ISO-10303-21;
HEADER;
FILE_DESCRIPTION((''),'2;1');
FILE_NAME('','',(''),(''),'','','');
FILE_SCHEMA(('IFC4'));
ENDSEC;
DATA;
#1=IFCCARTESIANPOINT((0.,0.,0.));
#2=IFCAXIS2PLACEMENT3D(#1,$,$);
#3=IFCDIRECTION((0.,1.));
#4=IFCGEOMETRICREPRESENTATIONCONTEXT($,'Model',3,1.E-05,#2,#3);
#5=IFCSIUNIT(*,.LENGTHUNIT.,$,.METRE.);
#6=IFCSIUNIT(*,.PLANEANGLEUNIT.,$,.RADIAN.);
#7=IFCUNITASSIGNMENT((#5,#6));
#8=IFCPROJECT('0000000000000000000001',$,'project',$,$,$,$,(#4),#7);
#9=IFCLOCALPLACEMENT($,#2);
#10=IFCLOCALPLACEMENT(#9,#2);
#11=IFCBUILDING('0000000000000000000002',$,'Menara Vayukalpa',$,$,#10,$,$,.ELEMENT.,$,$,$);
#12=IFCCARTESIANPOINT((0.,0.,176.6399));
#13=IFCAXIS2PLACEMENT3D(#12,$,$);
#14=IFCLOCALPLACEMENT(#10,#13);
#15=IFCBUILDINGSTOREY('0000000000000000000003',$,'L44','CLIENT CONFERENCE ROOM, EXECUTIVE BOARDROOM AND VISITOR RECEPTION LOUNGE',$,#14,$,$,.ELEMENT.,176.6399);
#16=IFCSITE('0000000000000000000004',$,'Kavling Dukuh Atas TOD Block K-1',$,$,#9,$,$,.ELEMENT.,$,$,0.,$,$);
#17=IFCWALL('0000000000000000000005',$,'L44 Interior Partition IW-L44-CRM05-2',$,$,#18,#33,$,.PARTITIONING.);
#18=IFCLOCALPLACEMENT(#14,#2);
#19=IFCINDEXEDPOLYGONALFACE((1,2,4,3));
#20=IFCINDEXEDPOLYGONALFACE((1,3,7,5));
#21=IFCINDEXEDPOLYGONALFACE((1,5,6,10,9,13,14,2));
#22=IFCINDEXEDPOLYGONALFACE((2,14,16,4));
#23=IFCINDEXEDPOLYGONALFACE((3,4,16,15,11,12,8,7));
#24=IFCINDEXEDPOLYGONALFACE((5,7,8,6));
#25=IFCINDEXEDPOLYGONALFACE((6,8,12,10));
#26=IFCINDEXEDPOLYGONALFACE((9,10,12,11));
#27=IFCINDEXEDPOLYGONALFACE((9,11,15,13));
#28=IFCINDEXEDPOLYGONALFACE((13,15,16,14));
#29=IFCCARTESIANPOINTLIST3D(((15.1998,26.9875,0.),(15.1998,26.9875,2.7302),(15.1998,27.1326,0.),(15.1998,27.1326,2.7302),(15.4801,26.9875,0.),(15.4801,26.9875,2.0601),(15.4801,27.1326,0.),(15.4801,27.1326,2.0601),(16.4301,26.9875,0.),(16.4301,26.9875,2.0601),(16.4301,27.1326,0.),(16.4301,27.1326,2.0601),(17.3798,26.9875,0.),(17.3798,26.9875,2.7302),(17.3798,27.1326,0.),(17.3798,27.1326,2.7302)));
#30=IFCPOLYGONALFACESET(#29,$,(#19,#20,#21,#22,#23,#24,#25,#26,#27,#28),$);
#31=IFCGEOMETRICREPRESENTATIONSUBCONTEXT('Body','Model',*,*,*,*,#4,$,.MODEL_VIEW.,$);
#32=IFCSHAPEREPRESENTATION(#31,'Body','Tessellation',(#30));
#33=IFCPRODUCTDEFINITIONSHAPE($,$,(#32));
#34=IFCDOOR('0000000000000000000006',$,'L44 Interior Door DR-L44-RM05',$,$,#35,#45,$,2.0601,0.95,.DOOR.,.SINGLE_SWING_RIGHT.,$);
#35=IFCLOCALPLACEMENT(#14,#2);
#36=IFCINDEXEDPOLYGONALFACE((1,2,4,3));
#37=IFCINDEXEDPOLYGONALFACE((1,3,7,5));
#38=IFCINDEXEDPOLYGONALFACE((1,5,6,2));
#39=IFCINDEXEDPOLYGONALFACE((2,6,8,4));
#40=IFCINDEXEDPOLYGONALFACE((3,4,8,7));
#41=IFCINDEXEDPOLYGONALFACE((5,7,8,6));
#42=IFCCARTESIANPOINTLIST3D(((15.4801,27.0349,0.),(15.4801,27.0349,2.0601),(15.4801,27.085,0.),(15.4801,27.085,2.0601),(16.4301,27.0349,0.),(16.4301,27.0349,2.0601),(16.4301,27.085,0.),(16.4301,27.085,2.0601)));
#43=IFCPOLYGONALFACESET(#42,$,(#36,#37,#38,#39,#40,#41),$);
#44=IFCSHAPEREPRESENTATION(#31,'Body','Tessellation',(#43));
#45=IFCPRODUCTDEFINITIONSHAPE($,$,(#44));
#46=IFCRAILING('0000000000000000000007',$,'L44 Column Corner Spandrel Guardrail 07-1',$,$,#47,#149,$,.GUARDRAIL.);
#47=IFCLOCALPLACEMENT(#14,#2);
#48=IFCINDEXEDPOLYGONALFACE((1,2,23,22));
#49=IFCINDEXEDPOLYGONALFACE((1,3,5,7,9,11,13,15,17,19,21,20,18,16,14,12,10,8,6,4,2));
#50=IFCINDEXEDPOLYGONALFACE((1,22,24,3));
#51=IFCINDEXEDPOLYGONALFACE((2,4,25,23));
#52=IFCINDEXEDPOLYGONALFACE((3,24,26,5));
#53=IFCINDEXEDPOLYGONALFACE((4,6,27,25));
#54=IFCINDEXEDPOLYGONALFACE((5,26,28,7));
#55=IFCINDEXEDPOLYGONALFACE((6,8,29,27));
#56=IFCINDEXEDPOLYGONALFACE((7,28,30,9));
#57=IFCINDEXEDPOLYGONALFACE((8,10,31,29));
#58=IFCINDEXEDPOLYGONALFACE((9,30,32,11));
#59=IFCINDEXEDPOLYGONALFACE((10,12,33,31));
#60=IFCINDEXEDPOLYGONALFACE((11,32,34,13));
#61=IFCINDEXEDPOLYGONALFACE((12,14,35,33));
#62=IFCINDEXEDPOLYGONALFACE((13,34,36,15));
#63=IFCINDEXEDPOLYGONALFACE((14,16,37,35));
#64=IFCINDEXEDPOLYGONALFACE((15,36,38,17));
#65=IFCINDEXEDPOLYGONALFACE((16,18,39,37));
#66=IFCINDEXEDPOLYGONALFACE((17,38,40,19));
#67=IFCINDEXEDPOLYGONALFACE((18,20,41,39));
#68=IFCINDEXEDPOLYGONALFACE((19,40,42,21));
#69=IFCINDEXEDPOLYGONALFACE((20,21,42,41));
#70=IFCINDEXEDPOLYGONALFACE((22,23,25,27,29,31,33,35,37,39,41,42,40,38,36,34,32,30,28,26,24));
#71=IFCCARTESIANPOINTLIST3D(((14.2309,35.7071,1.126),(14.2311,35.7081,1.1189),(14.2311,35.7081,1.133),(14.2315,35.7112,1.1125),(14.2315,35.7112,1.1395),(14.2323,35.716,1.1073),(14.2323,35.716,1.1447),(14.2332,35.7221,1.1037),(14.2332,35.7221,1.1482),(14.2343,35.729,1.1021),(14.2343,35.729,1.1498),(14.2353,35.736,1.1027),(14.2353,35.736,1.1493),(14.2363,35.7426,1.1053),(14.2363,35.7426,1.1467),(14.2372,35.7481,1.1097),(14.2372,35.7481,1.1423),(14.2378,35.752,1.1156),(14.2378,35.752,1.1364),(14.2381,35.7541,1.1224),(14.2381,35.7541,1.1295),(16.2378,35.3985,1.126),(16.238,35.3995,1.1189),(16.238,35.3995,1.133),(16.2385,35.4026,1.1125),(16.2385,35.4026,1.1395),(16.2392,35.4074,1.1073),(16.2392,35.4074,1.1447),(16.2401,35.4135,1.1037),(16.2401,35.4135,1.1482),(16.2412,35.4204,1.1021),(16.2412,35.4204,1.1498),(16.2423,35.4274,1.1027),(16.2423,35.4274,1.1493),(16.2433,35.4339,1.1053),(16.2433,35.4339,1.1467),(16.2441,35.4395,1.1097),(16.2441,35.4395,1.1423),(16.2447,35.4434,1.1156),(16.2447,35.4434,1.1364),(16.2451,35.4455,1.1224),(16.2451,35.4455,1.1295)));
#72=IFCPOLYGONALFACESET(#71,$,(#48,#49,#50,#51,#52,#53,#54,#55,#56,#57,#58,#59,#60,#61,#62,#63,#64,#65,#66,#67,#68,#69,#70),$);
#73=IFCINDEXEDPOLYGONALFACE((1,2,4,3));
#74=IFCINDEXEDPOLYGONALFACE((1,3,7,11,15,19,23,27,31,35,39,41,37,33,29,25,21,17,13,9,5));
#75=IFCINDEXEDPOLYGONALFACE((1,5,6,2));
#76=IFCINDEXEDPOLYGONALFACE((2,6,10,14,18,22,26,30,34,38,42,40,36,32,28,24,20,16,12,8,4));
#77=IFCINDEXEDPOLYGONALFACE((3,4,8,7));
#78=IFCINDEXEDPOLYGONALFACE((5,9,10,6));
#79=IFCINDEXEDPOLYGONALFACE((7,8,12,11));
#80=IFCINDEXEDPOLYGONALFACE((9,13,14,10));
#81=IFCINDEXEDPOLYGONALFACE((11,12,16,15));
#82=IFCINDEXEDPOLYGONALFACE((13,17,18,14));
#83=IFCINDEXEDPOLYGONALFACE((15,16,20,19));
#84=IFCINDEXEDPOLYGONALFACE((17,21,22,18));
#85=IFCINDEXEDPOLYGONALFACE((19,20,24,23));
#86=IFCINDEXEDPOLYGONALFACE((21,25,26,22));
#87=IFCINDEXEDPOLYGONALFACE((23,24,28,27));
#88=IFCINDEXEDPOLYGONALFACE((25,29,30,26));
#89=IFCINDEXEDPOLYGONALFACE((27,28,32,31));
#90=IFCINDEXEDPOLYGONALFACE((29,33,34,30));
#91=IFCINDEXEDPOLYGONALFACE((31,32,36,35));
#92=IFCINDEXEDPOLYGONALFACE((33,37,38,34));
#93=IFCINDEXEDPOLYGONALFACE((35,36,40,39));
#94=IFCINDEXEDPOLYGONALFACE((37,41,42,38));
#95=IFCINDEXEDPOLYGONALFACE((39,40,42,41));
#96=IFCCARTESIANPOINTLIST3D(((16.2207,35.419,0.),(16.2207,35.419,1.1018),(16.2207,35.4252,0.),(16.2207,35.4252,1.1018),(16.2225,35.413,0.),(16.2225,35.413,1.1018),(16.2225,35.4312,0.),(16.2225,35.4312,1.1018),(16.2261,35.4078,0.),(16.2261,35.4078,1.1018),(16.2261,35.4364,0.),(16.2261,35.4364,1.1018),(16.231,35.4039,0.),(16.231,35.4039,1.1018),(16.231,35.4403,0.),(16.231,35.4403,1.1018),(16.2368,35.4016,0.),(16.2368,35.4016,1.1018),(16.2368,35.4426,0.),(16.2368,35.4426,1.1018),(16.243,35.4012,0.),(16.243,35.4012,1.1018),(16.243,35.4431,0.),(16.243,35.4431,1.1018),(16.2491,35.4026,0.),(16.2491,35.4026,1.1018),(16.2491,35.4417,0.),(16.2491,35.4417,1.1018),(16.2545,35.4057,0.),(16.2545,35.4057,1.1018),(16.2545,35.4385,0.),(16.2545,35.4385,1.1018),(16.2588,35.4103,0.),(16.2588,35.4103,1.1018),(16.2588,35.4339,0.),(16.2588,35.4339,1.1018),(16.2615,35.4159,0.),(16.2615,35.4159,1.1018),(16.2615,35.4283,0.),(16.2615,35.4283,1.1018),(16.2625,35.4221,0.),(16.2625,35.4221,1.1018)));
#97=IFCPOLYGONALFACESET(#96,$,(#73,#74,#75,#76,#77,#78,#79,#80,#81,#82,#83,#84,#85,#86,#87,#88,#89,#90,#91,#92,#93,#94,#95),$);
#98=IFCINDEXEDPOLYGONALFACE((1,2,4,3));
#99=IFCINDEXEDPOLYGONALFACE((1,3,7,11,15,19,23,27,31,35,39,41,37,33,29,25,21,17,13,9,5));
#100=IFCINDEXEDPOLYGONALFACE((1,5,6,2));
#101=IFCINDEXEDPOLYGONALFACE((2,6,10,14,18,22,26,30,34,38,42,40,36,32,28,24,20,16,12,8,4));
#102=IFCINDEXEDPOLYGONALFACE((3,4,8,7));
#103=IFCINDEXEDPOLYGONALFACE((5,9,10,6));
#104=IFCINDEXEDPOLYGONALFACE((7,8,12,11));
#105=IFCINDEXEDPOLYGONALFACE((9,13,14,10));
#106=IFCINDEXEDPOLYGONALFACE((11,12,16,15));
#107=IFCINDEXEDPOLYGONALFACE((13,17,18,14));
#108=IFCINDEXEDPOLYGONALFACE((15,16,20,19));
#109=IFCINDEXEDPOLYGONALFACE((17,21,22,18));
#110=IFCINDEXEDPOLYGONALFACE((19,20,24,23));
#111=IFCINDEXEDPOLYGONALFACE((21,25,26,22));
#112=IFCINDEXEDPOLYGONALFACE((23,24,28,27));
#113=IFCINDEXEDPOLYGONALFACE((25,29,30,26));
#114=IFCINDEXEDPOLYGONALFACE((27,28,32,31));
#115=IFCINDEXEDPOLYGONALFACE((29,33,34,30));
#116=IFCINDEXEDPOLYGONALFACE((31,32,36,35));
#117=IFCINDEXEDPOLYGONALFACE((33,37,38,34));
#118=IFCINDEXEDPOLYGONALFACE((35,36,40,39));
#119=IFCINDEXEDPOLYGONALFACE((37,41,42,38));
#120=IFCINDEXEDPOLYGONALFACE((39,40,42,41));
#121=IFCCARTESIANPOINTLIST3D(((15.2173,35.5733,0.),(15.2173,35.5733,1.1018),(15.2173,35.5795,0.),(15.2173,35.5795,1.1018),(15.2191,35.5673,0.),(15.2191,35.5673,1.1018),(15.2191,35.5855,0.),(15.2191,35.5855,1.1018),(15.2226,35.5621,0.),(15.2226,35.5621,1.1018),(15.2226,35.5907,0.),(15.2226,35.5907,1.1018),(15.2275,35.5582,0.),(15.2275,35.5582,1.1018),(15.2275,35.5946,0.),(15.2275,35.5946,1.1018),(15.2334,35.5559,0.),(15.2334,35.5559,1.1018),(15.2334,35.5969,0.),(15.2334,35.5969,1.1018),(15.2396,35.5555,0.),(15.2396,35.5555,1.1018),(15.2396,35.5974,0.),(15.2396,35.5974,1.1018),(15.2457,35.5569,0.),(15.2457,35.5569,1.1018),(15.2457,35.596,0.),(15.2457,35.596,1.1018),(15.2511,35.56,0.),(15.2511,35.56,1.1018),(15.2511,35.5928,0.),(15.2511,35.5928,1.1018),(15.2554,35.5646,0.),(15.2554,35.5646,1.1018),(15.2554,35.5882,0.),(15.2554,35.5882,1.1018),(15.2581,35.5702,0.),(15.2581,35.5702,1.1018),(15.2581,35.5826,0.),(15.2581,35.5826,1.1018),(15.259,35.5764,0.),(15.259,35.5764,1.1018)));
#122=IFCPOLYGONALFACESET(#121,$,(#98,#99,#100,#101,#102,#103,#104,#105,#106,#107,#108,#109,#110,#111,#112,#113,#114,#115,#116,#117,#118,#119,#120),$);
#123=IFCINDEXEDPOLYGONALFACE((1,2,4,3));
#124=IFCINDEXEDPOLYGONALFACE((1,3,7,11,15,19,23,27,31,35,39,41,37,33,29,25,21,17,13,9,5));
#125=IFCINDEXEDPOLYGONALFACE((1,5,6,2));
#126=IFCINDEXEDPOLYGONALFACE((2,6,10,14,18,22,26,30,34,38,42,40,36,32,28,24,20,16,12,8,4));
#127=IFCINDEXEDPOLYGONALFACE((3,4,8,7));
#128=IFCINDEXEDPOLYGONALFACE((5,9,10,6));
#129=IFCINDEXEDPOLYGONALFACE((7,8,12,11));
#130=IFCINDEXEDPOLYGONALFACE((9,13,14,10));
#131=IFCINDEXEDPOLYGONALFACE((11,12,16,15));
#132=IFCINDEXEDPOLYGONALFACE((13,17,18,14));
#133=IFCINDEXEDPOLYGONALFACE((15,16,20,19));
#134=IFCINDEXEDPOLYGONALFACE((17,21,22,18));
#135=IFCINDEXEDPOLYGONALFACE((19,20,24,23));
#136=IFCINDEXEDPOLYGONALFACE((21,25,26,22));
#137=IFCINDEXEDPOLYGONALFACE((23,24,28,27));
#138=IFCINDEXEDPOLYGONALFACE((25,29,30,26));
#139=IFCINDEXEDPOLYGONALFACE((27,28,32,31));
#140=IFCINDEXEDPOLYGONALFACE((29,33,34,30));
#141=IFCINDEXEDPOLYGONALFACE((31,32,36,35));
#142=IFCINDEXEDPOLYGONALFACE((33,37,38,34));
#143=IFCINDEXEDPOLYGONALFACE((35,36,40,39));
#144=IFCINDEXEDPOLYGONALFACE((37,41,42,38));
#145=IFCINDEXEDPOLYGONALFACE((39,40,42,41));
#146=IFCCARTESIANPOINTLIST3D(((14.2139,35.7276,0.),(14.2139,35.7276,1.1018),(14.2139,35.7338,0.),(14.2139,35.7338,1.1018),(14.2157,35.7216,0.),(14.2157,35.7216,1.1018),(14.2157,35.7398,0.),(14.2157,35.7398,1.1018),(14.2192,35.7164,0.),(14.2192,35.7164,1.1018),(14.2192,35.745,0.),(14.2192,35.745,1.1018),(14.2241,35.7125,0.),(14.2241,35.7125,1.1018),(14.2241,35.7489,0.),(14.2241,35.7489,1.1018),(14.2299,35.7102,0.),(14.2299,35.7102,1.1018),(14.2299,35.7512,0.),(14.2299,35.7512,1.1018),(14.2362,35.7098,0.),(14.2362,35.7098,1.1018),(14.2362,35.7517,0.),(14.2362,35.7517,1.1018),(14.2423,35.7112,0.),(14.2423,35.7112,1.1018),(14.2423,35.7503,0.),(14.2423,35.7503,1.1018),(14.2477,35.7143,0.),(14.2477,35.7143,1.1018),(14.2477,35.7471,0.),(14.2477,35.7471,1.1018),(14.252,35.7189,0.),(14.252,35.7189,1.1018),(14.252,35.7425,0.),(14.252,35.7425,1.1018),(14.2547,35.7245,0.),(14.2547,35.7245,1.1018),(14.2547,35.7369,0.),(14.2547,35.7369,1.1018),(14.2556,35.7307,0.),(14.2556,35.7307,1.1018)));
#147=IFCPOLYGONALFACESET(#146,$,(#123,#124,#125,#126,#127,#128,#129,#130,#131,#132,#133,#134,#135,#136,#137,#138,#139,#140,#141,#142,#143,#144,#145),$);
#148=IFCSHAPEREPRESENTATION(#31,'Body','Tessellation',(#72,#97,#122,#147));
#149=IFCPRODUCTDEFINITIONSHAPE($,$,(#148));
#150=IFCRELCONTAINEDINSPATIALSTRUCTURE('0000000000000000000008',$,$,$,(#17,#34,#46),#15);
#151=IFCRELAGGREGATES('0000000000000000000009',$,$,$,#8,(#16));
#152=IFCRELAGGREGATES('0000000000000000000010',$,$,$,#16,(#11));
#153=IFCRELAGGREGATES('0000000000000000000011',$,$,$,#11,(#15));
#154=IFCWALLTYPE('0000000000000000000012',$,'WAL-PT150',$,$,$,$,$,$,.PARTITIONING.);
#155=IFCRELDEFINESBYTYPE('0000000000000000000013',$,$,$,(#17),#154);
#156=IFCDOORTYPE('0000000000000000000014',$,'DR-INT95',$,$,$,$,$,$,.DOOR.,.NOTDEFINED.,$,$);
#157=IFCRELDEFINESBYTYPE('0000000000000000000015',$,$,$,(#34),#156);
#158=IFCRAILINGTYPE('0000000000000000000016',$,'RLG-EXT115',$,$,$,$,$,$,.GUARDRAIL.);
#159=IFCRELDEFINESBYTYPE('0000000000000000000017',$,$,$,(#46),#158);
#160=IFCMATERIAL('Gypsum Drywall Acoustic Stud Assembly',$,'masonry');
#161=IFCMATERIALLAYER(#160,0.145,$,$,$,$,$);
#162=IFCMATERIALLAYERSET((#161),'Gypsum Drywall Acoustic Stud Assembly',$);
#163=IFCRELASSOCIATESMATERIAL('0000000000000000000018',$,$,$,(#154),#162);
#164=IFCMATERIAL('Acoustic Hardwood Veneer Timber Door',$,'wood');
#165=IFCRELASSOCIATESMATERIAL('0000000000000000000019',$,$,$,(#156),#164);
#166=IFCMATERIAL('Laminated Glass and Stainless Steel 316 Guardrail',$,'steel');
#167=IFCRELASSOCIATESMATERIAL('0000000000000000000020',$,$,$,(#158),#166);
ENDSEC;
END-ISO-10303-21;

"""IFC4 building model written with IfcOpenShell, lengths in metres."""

from ifc_helpers import new_model, si_unit, direction, frame, frame_2d, origin, origin_2d, place, context, subcontext, project, spatial, rectangle, circle, extrude, material, layer, layer_set, type_object, element, fill, save


model = new_model("IFC4")

# Units and contexts
model_context = context("Model", 3, precision=1e-05, world=origin(), true_north=direction((0.0, 1.0)))
body_context = subcontext(model_context, "Body", "Model", "MODEL_VIEW")
ifc_project = project(units=[si_unit("LENGTHUNIT", "METRE"), si_unit("PLANEANGLEUNIT", "RADIAN")], contexts=[model_context])

# Site, building, storey
site_placement = place(None, origin())
site = spatial("IfcSite", under=ifc_project, at=site_placement, Name="Kavling Dukuh Atas TOD Block K-1", CompositionType="ELEMENT", RefElevation=0.0)
building_placement = place(site_placement, origin())
building = spatial("IfcBuilding", under=site, at=building_placement, Name="Menara Vayukalpa", CompositionType="ELEMENT")
storey_placement = place(building_placement, frame((0.0, 0.0, 176.6399)))
storey = spatial("IfcBuildingStorey", under=building, at=storey_placement, Name="L44", Description="CLIENT CONFERENCE ROOM, EXECUTIVE BOARDROOM AND VISITOR RECEPTION LOUNGE", CompositionType="ELEMENT", Elevation=176.6399)

# Shared definitions
ifc_material_1 = material(Name="Gypsum Drywall Acoustic Stud Assembly", Category="masonry")
ifc_layer_1 = layer(ifc_material_1, 0.145)
ifc_layer_set_1 = layer_set([ifc_layer_1], Name="Gypsum Drywall Acoustic Stud Assembly")
wall_type_1 = type_object("IfcWallType", Name="WAL-PT150", PredefinedType="PARTITIONING", material=ifc_layer_set_1)

# Wall, opening, door
wall_1_placement = place(storey_placement, frame((15.2, 27.0601, 0.0), z_axis=(0.0, 0.0, 1.0), x_axis=(1.0, 0.0, 0.0)))
wall_1 = element("IfcWall", 1, at=wall_1_placement, inside=storey, type_object=wall_type_1, Name="L44 Interior Partition IW-L44-CRM05-2", PredefinedType="PARTITIONING", context=body_context, shape_type="SweptSolid", body=[
    extrude(rectangle(XDim=2.1799, YDim=0.145, at=frame_2d((1.0898, 0.0))), origin(), (0.0, 0.0, 1.0), 2.7302),
])
opening_placement = place(wall_1_placement, frame((0.28, 0.0, 0.0)))
opening = element("IfcOpeningElement", 2, at=opening_placement, cuts=wall_1, PredefinedType="OPENING", context=body_context, shape_type="SweptSolid", body=[
    extrude(rectangle(XDim=0.95, YDim=2.0601, at=frame_2d((0.4751, 1.03))), frame((0.0, 0.0825, 0.0), z_axis=(0.0, -1.0, 0.0), x_axis=(1.0, 0.0, 0.0)), (0.0, 0.0, 1.0), 0.165),
])
ifc_material_2 = material(Name="Acoustic Hardwood Veneer Timber Door", Category="wood")
door_type = type_object("IfcDoorType", Name="DR-INT95", OperationType="NOTDEFINED", PredefinedType="DOOR", material=ifc_material_2)
door_placement = place(opening_placement, origin())
door = element("IfcDoor", 3, at=door_placement, inside=storey, type_object=door_type, Name="L44 Interior Door DR-L44-RM05", OperationType="SINGLE_SWING_RIGHT", OverallHeight=2.0601, OverallWidth=0.95, PredefinedType="DOOR", context=body_context, shape_type="SweptSolid", body=[
    extrude(rectangle(XDim=0.95, YDim=2.0601, at=frame_2d((0.4751, 1.03))), frame((0.0, 0.0249, 0.0), z_axis=(0.0, -1.0, 0.0), x_axis=(1.0, 0.0, 0.0)), (0.0, 0.0, 1.0), 0.05),
])
fill(opening, door)

# Railing
ifc_material_3 = material(Name="Laminated Glass and Stainless Steel 316 Guardrail", Category="steel")
railing_type = type_object("IfcRailingType", Name="RLG-EXT115", PredefinedType="GUARDRAIL", material=ifc_material_3)
railing_placement = place(storey_placement, frame((16.2415, 35.4221, 0.0)))
element("IfcRailing", 4, at=railing_placement, inside=storey, type_object=railing_type, Name="L44 Column Corner Spandrel Guardrail 07-1", PredefinedType="GUARDRAIL", context=body_context, shape_type="SweptSolid", body=[
    extrude(circle(Radius=0.0239, at=origin_2d()), frame((0.0, 0.0, 1.126), z_axis=(-0.988383, 0.151985, 0.0), x_axis=(-0.151985, -0.988383, 0.0)), (0.0, 0.0, 1.0), 2.0305),
    extrude(circle(Radius=0.021, at=origin_2d()), origin(), (0.0, 0.0, 1.0), 1.1018),
    extrude(circle(Radius=0.021, at=origin_2d()), frame((-1.0034, 0.1543, 0.0)), (0.0, 0.0, 1.0), 1.1018),
    extrude(circle(Radius=0.021, at=origin_2d()), frame((-2.0068, 0.3086, 0.0)), (0.0, 0.0, 1.0), 1.1018),
])

save(model, "model.ifc")
